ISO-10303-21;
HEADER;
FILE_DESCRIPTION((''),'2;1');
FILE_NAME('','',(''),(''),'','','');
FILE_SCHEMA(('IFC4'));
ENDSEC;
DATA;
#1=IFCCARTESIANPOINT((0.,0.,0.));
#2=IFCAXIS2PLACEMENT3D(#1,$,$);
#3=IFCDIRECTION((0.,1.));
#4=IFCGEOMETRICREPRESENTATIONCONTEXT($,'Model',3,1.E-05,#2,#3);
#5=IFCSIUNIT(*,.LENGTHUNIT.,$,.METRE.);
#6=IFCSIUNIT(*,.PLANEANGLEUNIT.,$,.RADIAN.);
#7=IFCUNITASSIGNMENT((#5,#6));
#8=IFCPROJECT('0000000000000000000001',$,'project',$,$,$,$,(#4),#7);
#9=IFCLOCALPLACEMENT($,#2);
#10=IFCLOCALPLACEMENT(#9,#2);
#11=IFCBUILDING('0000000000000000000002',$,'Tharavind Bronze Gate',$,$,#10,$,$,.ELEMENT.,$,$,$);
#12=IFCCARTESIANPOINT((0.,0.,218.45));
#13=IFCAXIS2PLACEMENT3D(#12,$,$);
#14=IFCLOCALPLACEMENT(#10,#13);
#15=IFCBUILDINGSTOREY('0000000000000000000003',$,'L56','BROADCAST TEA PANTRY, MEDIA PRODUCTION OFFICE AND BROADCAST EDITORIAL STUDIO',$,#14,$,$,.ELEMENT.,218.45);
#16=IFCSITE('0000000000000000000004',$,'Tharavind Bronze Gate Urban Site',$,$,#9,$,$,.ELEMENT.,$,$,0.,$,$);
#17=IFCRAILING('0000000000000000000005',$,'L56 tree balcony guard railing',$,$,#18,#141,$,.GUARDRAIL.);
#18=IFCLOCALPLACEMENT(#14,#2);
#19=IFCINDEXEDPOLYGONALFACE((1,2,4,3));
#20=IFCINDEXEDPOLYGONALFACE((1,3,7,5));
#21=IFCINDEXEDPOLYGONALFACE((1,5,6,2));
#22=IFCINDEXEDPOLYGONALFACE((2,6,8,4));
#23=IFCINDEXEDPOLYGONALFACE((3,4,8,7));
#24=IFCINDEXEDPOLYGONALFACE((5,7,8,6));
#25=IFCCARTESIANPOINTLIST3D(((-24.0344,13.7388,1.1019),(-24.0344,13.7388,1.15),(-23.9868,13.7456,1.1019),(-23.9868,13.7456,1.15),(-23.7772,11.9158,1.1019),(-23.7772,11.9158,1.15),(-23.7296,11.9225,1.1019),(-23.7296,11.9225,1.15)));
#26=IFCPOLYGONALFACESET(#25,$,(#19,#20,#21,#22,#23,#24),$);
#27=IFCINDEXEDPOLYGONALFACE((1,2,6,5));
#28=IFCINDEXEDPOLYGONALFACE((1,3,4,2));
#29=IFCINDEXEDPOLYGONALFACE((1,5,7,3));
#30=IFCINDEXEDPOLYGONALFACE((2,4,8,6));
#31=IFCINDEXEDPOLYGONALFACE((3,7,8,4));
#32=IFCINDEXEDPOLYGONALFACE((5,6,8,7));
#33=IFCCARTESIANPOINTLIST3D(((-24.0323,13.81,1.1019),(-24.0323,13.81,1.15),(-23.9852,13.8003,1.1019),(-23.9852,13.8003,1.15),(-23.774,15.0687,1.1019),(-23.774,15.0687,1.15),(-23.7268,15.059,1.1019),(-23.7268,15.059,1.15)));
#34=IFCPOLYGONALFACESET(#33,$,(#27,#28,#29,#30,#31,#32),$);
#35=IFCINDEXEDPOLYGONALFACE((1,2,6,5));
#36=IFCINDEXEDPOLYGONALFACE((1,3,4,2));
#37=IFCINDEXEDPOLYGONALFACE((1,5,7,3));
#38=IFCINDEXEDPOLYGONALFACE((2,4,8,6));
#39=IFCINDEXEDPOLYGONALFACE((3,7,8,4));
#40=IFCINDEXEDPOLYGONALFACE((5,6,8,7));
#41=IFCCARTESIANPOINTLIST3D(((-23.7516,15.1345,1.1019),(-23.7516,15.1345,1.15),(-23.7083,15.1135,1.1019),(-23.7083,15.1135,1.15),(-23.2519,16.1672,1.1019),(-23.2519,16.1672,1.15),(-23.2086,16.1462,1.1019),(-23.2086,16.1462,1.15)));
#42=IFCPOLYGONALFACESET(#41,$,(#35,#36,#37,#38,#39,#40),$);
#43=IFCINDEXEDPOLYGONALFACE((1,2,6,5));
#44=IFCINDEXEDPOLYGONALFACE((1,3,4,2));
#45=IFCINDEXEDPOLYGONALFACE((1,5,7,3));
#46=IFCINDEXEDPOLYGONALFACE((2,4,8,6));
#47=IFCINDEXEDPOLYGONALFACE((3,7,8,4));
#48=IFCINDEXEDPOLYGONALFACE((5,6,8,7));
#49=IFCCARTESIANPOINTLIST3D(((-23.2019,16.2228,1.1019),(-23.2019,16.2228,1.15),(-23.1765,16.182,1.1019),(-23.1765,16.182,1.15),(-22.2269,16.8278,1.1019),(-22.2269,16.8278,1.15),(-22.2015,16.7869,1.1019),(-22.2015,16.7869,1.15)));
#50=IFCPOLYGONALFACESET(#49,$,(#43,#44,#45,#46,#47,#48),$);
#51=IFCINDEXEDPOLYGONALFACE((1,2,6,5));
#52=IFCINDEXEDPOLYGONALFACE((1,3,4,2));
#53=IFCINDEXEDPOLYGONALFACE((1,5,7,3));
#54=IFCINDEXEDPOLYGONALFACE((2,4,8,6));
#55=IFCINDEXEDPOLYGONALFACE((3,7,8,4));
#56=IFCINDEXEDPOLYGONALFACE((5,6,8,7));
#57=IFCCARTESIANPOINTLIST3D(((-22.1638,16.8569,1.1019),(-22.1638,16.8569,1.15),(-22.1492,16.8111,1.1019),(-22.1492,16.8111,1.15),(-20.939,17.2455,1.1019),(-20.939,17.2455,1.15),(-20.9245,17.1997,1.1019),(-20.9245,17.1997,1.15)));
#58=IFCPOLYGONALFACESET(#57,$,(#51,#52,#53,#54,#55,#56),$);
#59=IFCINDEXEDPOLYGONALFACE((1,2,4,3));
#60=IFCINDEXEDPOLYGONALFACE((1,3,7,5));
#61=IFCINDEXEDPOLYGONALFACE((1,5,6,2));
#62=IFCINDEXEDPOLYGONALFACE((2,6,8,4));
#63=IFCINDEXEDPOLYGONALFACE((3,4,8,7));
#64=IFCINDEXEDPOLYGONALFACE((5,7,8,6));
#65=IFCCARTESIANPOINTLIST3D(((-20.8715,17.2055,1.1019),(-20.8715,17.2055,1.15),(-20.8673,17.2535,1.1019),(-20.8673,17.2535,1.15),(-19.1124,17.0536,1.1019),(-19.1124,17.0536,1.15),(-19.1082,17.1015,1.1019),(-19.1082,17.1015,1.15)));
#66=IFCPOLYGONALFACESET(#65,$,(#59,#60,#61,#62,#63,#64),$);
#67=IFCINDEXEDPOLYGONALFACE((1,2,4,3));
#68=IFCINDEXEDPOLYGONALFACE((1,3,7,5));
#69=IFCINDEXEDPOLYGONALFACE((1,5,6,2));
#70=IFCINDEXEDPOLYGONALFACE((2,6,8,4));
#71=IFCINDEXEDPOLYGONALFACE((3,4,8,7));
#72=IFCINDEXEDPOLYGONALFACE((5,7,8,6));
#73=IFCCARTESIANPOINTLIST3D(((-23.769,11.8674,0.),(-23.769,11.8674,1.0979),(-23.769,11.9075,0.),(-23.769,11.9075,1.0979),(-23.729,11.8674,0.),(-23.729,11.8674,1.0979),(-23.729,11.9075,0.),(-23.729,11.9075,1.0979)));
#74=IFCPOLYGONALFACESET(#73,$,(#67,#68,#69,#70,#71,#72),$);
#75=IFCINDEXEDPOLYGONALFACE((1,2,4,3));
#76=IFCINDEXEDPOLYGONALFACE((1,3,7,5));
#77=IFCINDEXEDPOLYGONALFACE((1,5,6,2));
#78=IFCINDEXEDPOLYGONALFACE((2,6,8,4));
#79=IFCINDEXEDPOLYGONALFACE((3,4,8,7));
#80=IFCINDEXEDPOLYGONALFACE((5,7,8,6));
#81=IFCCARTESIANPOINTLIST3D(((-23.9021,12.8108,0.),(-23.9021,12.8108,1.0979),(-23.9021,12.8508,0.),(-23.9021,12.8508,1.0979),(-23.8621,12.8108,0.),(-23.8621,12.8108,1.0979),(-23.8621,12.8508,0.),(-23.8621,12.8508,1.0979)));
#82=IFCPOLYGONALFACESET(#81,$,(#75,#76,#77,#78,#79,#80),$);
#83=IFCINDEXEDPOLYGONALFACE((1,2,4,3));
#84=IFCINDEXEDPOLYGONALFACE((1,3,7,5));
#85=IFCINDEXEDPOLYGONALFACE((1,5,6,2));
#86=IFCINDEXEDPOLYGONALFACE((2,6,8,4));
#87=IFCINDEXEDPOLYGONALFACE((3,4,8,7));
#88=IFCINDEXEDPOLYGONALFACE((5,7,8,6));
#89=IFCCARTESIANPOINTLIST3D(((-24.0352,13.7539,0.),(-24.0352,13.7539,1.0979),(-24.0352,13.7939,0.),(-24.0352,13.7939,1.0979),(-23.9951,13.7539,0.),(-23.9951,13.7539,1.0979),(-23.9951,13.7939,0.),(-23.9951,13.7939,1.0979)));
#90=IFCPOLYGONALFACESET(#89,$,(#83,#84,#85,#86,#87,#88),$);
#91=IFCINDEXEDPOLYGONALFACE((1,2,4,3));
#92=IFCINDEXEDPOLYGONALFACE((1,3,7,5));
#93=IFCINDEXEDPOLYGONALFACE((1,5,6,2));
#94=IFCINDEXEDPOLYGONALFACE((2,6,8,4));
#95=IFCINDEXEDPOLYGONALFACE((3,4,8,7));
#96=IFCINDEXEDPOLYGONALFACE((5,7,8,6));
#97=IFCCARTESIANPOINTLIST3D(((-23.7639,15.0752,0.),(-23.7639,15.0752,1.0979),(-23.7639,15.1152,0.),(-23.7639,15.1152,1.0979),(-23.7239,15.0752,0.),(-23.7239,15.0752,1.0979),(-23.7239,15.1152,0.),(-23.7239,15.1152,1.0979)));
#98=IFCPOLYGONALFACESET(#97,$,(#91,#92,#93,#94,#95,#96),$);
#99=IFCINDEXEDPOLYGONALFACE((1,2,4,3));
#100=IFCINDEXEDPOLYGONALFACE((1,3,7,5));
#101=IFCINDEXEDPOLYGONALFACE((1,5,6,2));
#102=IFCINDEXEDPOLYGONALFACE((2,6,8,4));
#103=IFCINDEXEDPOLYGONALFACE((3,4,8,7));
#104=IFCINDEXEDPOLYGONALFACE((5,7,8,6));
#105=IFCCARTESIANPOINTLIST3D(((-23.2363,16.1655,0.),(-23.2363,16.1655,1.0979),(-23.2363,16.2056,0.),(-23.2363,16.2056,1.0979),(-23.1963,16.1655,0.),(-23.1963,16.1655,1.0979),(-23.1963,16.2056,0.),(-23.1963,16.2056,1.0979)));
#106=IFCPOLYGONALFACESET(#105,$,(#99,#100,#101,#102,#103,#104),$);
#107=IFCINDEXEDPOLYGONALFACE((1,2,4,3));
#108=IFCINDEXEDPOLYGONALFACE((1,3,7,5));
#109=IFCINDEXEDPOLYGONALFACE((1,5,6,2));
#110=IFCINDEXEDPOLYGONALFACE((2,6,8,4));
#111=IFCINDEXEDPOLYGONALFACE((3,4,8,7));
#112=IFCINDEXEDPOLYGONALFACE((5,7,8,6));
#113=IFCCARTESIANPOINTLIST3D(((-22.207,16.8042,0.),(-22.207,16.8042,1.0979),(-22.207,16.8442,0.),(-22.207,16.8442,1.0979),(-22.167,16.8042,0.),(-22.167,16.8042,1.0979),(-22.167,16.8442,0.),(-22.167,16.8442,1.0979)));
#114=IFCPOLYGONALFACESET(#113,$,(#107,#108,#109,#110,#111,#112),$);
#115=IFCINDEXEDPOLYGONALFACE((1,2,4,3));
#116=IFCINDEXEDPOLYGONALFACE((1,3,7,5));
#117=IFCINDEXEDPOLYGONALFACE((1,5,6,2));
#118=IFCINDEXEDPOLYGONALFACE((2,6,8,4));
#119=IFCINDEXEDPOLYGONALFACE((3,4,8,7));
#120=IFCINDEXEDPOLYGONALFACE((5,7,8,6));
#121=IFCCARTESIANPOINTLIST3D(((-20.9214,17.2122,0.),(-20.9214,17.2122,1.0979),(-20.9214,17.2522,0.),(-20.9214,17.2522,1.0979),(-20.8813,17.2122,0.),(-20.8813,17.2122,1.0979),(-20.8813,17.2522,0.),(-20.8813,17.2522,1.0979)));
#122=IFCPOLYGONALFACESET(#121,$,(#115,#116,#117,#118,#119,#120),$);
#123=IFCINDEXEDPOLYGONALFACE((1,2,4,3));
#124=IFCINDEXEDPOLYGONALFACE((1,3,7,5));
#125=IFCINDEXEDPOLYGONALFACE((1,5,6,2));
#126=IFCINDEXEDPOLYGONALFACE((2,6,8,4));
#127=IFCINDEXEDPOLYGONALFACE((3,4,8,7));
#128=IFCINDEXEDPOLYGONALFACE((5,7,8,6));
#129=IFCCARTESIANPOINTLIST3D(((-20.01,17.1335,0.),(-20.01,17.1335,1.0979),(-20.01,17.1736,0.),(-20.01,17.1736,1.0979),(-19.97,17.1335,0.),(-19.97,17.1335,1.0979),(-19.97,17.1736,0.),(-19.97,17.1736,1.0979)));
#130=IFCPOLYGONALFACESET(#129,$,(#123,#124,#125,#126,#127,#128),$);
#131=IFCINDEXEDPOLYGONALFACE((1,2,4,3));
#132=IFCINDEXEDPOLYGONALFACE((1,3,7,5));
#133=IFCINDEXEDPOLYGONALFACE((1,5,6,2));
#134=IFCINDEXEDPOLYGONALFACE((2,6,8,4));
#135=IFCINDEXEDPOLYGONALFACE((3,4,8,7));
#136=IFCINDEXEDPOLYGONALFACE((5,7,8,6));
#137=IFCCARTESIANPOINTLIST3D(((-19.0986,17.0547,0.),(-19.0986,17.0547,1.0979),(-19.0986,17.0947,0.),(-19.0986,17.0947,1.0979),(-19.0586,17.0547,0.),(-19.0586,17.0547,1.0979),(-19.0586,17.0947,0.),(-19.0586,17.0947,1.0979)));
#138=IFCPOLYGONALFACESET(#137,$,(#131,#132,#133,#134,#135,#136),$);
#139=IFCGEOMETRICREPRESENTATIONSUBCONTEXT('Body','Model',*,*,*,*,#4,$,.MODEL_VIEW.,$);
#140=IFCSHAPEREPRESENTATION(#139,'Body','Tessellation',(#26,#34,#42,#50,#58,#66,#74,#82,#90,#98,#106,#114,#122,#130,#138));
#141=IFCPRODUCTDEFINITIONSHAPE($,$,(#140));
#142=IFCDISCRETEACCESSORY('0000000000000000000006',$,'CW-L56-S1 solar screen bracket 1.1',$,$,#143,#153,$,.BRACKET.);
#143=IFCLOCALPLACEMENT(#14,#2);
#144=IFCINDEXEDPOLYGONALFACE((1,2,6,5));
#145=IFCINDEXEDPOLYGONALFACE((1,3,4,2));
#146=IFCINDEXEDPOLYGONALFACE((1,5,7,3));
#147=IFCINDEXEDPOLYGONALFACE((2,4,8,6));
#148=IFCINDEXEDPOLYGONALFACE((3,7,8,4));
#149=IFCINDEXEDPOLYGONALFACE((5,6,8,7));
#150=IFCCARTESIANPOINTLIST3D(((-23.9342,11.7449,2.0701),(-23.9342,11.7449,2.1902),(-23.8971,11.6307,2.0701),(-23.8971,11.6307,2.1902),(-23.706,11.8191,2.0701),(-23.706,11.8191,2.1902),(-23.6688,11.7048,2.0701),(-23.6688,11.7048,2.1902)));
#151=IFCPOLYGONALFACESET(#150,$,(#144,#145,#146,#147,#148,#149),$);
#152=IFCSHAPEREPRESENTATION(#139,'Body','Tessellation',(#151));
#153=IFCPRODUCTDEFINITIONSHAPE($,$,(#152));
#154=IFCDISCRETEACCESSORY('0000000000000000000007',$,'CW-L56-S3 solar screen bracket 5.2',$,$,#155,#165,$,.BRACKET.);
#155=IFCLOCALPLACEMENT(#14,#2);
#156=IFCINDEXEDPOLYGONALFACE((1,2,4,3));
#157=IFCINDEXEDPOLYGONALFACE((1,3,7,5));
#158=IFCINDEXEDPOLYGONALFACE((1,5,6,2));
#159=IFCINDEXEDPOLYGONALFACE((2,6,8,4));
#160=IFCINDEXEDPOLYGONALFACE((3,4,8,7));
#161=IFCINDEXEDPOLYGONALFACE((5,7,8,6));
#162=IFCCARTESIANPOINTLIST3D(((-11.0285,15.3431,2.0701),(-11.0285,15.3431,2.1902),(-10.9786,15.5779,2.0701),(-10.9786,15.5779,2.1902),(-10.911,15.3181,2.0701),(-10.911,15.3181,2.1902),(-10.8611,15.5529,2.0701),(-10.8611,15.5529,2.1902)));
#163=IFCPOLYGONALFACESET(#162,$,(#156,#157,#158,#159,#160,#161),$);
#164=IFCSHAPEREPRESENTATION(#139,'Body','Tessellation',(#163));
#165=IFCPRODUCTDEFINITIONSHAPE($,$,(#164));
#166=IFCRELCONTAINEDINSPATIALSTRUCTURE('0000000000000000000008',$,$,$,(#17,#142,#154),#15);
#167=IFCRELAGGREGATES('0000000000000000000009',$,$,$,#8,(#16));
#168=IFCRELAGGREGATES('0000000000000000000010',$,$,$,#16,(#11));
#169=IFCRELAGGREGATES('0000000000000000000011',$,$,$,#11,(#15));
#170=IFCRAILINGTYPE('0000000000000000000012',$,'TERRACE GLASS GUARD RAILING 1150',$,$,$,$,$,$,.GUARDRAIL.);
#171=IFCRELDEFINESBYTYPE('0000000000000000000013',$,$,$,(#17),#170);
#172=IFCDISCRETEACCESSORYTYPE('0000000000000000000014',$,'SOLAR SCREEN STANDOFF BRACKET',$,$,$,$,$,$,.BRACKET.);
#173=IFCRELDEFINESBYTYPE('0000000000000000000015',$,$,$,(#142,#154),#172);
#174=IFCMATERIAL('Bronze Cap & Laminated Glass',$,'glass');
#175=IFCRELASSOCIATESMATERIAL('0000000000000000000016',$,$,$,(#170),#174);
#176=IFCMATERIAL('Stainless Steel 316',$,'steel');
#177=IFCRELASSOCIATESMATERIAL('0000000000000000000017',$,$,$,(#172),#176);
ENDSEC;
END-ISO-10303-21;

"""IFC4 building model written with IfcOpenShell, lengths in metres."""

from ifc_helpers import new_model, si_unit, direction, frame, origin, origin_2d, place, context, subcontext, project, spatial, rectangle, extrude, material, type_object, element, save


model = new_model("IFC4")

# Units and contexts
model_context = context("Model", 3, precision=1e-05, world=origin(), true_north=direction((0.0, 1.0)))
body_context = subcontext(model_context, "Body", "Model", "MODEL_VIEW")
ifc_project = project(units=[si_unit("LENGTHUNIT", "METRE"), si_unit("PLANEANGLEUNIT", "RADIAN")], contexts=[model_context])

# Site, building, storey
site_placement = place(None, origin())
site = spatial("IfcSite", under=ifc_project, at=site_placement, Name="Tharavind Bronze Gate Urban Site", CompositionType="ELEMENT", RefElevation=0.0)
building_placement = place(site_placement, origin())
building = spatial("IfcBuilding", under=site, at=building_placement, Name="Tharavind Bronze Gate", CompositionType="ELEMENT")
storey_placement = place(building_placement, frame((0.0, 0.0, 218.45)))
storey = spatial("IfcBuildingStorey", under=building, at=storey_placement, Name="L56", Description="BROADCAST TEA PANTRY, MEDIA PRODUCTION OFFICE AND BROADCAST EDITORIAL STUDIO", CompositionType="ELEMENT", Elevation=218.45)

# Railing
ifc_material_1 = material(Name="Bronze Cap & Laminated Glass", Category="glass")
railing_type = type_object("IfcRailingType", Name="TERRACE GLASS GUARD RAILING 1150", PredefinedType="GUARDRAIL", material=ifc_material_1)
railing_placement = place(storey_placement, frame((-23.749, 11.8875, 0.0)))
element("IfcRailing", 1, at=railing_placement, inside=storey, type_object=railing_type, Name="L56 tree balcony guard railing", PredefinedType="GUARDRAIL", context=body_context, shape_type="SweptSolid", body=[
    extrude(rectangle(XDim=0.0481, YDim=0.0481, at=origin_2d()), frame((-0.0044, 0.0317, 1.126), z_axis=(-0.139681, 0.990197, 0.0), x_axis=(-0.990197, -0.139681, 0.0)), (0.0, 0.0, 1.0), 1.8411),
    extrude(rectangle(XDim=0.0481, YDim=0.0481, at=origin_2d()), frame((-0.2598, 1.9177, 1.126), z_axis=(0.201091, 0.979573, 0.0), x_axis=(-0.979573, 0.201091, 0.0)), (0.0, 0.0, 1.0), 1.2849),
    extrude(rectangle(XDim=0.0481, YDim=0.0481, at=origin_2d()), frame((0.019, 3.2366, 1.126), z_axis=(0.435566, 0.900157, 0.0), x_axis=(-0.900157, 0.435566, 0.0)), (0.0, 0.0, 1.0), 1.1472),
    extrude(rectangle(XDim=0.0481, YDim=0.0481, at=origin_2d()), frame((0.5598, 4.3149, 1.126), z_axis=(0.849715, 0.527242, 0.0), x_axis=(-0.527242, 0.849715, 0.0)), (0.0, 0.0, 1.0), 1.1475),
    extrude(rectangle(XDim=0.0481, YDim=0.0481, at=origin_2d()), frame((1.5925, 4.9465, 1.126), z_axis=(0.953163, 0.302456, 0.0), x_axis=(-0.302456, 0.953163, 0.0)), (0.0, 0.0, 1.0), 1.2849),
    extrude(rectangle(XDim=0.0481, YDim=0.0481, at=origin_2d()), frame((2.8796, 5.342, 1.126), z_axis=(0.996289, -0.086071, 0.0), x_axis=(0.086071, 0.996289, 0.0)), (0.0, 0.0, 1.0), 1.7656),
    extrude(rectangle(XDim=0.04, YDim=0.04, at=origin_2d()), origin(), (0.0, 0.0, 1.0), 1.0979),
    extrude(rectangle(XDim=0.04, YDim=0.04, at=origin_2d()), frame((-0.1331, 0.9434, 0.0)), (0.0, 0.0, 1.0), 1.0979),
    extrude(rectangle(XDim=0.04, YDim=0.04, at=origin_2d()), frame((-0.2661, 1.8865, 0.0)), (0.0, 0.0, 1.0), 1.0979),
    extrude(rectangle(XDim=0.04, YDim=0.04, at=origin_2d()), frame((0.0051, 3.2078, 0.0)), (0.0, 0.0, 1.0), 1.0979),
    extrude(rectangle(XDim=0.04, YDim=0.04, at=origin_2d()), frame((0.5327, 4.2981, 0.0)), (0.0, 0.0, 1.0), 1.0979),
    extrude(rectangle(XDim=0.04, YDim=0.04, at=origin_2d()), frame((1.562, 4.9368, 0.0)), (0.0, 0.0, 1.0), 1.0979),
    extrude(rectangle(XDim=0.04, YDim=0.04, at=origin_2d()), frame((2.8477, 5.3447, 0.0)), (0.0, 0.0, 1.0), 1.0979),
    extrude(rectangle(XDim=0.04, YDim=0.04, at=origin_2d()), frame((3.759, 5.2661, 0.0)), (0.0, 0.0, 1.0), 1.0979),
    extrude(rectangle(XDim=0.04, YDim=0.04, at=origin_2d()), frame((4.6704, 5.1873, 0.0)), (0.0, 0.0, 1.0), 1.0979),
])

# Discrete accessories
ifc_material_2 = material(Name="Stainless Steel 316", Category="steel")
discrete_accessory_type = type_object("IfcDiscreteAccessoryType", Name="SOLAR SCREEN STANDOFF BRACKET", PredefinedType="BRACKET", material=ifc_material_2)
for number, where, z_axis, x_axis, name in (
    (2, (-23.8015, 11.7249, 2.0701), (0.0, 0.0, 1.0), (0.309017, -0.951057, 0.0), "CW-L56-S1 solar screen bracket 1.1"),
    (3, (-10.9448, 15.448, 2.0701), (0.0, 0.0, 1.0), (-0.978148, 0.207912, 0.0), "CW-L56-S3 solar screen bracket 5.2"),
):
    element("IfcDiscreteAccessory", number, at=place(storey_placement, frame(where, z_axis=z_axis, x_axis=x_axis)), inside=storey, type_object=discrete_accessory_type, Name=name, PredefinedType="BRACKET", context=body_context, shape_type="SweptSolid", body=[
        extrude(rectangle(XDim=0.1201, YDim=0.24, at=origin_2d()), origin(), (0.0, 0.0, 1.0), 0.1201),
    ])

save(model, "model.ifc")
